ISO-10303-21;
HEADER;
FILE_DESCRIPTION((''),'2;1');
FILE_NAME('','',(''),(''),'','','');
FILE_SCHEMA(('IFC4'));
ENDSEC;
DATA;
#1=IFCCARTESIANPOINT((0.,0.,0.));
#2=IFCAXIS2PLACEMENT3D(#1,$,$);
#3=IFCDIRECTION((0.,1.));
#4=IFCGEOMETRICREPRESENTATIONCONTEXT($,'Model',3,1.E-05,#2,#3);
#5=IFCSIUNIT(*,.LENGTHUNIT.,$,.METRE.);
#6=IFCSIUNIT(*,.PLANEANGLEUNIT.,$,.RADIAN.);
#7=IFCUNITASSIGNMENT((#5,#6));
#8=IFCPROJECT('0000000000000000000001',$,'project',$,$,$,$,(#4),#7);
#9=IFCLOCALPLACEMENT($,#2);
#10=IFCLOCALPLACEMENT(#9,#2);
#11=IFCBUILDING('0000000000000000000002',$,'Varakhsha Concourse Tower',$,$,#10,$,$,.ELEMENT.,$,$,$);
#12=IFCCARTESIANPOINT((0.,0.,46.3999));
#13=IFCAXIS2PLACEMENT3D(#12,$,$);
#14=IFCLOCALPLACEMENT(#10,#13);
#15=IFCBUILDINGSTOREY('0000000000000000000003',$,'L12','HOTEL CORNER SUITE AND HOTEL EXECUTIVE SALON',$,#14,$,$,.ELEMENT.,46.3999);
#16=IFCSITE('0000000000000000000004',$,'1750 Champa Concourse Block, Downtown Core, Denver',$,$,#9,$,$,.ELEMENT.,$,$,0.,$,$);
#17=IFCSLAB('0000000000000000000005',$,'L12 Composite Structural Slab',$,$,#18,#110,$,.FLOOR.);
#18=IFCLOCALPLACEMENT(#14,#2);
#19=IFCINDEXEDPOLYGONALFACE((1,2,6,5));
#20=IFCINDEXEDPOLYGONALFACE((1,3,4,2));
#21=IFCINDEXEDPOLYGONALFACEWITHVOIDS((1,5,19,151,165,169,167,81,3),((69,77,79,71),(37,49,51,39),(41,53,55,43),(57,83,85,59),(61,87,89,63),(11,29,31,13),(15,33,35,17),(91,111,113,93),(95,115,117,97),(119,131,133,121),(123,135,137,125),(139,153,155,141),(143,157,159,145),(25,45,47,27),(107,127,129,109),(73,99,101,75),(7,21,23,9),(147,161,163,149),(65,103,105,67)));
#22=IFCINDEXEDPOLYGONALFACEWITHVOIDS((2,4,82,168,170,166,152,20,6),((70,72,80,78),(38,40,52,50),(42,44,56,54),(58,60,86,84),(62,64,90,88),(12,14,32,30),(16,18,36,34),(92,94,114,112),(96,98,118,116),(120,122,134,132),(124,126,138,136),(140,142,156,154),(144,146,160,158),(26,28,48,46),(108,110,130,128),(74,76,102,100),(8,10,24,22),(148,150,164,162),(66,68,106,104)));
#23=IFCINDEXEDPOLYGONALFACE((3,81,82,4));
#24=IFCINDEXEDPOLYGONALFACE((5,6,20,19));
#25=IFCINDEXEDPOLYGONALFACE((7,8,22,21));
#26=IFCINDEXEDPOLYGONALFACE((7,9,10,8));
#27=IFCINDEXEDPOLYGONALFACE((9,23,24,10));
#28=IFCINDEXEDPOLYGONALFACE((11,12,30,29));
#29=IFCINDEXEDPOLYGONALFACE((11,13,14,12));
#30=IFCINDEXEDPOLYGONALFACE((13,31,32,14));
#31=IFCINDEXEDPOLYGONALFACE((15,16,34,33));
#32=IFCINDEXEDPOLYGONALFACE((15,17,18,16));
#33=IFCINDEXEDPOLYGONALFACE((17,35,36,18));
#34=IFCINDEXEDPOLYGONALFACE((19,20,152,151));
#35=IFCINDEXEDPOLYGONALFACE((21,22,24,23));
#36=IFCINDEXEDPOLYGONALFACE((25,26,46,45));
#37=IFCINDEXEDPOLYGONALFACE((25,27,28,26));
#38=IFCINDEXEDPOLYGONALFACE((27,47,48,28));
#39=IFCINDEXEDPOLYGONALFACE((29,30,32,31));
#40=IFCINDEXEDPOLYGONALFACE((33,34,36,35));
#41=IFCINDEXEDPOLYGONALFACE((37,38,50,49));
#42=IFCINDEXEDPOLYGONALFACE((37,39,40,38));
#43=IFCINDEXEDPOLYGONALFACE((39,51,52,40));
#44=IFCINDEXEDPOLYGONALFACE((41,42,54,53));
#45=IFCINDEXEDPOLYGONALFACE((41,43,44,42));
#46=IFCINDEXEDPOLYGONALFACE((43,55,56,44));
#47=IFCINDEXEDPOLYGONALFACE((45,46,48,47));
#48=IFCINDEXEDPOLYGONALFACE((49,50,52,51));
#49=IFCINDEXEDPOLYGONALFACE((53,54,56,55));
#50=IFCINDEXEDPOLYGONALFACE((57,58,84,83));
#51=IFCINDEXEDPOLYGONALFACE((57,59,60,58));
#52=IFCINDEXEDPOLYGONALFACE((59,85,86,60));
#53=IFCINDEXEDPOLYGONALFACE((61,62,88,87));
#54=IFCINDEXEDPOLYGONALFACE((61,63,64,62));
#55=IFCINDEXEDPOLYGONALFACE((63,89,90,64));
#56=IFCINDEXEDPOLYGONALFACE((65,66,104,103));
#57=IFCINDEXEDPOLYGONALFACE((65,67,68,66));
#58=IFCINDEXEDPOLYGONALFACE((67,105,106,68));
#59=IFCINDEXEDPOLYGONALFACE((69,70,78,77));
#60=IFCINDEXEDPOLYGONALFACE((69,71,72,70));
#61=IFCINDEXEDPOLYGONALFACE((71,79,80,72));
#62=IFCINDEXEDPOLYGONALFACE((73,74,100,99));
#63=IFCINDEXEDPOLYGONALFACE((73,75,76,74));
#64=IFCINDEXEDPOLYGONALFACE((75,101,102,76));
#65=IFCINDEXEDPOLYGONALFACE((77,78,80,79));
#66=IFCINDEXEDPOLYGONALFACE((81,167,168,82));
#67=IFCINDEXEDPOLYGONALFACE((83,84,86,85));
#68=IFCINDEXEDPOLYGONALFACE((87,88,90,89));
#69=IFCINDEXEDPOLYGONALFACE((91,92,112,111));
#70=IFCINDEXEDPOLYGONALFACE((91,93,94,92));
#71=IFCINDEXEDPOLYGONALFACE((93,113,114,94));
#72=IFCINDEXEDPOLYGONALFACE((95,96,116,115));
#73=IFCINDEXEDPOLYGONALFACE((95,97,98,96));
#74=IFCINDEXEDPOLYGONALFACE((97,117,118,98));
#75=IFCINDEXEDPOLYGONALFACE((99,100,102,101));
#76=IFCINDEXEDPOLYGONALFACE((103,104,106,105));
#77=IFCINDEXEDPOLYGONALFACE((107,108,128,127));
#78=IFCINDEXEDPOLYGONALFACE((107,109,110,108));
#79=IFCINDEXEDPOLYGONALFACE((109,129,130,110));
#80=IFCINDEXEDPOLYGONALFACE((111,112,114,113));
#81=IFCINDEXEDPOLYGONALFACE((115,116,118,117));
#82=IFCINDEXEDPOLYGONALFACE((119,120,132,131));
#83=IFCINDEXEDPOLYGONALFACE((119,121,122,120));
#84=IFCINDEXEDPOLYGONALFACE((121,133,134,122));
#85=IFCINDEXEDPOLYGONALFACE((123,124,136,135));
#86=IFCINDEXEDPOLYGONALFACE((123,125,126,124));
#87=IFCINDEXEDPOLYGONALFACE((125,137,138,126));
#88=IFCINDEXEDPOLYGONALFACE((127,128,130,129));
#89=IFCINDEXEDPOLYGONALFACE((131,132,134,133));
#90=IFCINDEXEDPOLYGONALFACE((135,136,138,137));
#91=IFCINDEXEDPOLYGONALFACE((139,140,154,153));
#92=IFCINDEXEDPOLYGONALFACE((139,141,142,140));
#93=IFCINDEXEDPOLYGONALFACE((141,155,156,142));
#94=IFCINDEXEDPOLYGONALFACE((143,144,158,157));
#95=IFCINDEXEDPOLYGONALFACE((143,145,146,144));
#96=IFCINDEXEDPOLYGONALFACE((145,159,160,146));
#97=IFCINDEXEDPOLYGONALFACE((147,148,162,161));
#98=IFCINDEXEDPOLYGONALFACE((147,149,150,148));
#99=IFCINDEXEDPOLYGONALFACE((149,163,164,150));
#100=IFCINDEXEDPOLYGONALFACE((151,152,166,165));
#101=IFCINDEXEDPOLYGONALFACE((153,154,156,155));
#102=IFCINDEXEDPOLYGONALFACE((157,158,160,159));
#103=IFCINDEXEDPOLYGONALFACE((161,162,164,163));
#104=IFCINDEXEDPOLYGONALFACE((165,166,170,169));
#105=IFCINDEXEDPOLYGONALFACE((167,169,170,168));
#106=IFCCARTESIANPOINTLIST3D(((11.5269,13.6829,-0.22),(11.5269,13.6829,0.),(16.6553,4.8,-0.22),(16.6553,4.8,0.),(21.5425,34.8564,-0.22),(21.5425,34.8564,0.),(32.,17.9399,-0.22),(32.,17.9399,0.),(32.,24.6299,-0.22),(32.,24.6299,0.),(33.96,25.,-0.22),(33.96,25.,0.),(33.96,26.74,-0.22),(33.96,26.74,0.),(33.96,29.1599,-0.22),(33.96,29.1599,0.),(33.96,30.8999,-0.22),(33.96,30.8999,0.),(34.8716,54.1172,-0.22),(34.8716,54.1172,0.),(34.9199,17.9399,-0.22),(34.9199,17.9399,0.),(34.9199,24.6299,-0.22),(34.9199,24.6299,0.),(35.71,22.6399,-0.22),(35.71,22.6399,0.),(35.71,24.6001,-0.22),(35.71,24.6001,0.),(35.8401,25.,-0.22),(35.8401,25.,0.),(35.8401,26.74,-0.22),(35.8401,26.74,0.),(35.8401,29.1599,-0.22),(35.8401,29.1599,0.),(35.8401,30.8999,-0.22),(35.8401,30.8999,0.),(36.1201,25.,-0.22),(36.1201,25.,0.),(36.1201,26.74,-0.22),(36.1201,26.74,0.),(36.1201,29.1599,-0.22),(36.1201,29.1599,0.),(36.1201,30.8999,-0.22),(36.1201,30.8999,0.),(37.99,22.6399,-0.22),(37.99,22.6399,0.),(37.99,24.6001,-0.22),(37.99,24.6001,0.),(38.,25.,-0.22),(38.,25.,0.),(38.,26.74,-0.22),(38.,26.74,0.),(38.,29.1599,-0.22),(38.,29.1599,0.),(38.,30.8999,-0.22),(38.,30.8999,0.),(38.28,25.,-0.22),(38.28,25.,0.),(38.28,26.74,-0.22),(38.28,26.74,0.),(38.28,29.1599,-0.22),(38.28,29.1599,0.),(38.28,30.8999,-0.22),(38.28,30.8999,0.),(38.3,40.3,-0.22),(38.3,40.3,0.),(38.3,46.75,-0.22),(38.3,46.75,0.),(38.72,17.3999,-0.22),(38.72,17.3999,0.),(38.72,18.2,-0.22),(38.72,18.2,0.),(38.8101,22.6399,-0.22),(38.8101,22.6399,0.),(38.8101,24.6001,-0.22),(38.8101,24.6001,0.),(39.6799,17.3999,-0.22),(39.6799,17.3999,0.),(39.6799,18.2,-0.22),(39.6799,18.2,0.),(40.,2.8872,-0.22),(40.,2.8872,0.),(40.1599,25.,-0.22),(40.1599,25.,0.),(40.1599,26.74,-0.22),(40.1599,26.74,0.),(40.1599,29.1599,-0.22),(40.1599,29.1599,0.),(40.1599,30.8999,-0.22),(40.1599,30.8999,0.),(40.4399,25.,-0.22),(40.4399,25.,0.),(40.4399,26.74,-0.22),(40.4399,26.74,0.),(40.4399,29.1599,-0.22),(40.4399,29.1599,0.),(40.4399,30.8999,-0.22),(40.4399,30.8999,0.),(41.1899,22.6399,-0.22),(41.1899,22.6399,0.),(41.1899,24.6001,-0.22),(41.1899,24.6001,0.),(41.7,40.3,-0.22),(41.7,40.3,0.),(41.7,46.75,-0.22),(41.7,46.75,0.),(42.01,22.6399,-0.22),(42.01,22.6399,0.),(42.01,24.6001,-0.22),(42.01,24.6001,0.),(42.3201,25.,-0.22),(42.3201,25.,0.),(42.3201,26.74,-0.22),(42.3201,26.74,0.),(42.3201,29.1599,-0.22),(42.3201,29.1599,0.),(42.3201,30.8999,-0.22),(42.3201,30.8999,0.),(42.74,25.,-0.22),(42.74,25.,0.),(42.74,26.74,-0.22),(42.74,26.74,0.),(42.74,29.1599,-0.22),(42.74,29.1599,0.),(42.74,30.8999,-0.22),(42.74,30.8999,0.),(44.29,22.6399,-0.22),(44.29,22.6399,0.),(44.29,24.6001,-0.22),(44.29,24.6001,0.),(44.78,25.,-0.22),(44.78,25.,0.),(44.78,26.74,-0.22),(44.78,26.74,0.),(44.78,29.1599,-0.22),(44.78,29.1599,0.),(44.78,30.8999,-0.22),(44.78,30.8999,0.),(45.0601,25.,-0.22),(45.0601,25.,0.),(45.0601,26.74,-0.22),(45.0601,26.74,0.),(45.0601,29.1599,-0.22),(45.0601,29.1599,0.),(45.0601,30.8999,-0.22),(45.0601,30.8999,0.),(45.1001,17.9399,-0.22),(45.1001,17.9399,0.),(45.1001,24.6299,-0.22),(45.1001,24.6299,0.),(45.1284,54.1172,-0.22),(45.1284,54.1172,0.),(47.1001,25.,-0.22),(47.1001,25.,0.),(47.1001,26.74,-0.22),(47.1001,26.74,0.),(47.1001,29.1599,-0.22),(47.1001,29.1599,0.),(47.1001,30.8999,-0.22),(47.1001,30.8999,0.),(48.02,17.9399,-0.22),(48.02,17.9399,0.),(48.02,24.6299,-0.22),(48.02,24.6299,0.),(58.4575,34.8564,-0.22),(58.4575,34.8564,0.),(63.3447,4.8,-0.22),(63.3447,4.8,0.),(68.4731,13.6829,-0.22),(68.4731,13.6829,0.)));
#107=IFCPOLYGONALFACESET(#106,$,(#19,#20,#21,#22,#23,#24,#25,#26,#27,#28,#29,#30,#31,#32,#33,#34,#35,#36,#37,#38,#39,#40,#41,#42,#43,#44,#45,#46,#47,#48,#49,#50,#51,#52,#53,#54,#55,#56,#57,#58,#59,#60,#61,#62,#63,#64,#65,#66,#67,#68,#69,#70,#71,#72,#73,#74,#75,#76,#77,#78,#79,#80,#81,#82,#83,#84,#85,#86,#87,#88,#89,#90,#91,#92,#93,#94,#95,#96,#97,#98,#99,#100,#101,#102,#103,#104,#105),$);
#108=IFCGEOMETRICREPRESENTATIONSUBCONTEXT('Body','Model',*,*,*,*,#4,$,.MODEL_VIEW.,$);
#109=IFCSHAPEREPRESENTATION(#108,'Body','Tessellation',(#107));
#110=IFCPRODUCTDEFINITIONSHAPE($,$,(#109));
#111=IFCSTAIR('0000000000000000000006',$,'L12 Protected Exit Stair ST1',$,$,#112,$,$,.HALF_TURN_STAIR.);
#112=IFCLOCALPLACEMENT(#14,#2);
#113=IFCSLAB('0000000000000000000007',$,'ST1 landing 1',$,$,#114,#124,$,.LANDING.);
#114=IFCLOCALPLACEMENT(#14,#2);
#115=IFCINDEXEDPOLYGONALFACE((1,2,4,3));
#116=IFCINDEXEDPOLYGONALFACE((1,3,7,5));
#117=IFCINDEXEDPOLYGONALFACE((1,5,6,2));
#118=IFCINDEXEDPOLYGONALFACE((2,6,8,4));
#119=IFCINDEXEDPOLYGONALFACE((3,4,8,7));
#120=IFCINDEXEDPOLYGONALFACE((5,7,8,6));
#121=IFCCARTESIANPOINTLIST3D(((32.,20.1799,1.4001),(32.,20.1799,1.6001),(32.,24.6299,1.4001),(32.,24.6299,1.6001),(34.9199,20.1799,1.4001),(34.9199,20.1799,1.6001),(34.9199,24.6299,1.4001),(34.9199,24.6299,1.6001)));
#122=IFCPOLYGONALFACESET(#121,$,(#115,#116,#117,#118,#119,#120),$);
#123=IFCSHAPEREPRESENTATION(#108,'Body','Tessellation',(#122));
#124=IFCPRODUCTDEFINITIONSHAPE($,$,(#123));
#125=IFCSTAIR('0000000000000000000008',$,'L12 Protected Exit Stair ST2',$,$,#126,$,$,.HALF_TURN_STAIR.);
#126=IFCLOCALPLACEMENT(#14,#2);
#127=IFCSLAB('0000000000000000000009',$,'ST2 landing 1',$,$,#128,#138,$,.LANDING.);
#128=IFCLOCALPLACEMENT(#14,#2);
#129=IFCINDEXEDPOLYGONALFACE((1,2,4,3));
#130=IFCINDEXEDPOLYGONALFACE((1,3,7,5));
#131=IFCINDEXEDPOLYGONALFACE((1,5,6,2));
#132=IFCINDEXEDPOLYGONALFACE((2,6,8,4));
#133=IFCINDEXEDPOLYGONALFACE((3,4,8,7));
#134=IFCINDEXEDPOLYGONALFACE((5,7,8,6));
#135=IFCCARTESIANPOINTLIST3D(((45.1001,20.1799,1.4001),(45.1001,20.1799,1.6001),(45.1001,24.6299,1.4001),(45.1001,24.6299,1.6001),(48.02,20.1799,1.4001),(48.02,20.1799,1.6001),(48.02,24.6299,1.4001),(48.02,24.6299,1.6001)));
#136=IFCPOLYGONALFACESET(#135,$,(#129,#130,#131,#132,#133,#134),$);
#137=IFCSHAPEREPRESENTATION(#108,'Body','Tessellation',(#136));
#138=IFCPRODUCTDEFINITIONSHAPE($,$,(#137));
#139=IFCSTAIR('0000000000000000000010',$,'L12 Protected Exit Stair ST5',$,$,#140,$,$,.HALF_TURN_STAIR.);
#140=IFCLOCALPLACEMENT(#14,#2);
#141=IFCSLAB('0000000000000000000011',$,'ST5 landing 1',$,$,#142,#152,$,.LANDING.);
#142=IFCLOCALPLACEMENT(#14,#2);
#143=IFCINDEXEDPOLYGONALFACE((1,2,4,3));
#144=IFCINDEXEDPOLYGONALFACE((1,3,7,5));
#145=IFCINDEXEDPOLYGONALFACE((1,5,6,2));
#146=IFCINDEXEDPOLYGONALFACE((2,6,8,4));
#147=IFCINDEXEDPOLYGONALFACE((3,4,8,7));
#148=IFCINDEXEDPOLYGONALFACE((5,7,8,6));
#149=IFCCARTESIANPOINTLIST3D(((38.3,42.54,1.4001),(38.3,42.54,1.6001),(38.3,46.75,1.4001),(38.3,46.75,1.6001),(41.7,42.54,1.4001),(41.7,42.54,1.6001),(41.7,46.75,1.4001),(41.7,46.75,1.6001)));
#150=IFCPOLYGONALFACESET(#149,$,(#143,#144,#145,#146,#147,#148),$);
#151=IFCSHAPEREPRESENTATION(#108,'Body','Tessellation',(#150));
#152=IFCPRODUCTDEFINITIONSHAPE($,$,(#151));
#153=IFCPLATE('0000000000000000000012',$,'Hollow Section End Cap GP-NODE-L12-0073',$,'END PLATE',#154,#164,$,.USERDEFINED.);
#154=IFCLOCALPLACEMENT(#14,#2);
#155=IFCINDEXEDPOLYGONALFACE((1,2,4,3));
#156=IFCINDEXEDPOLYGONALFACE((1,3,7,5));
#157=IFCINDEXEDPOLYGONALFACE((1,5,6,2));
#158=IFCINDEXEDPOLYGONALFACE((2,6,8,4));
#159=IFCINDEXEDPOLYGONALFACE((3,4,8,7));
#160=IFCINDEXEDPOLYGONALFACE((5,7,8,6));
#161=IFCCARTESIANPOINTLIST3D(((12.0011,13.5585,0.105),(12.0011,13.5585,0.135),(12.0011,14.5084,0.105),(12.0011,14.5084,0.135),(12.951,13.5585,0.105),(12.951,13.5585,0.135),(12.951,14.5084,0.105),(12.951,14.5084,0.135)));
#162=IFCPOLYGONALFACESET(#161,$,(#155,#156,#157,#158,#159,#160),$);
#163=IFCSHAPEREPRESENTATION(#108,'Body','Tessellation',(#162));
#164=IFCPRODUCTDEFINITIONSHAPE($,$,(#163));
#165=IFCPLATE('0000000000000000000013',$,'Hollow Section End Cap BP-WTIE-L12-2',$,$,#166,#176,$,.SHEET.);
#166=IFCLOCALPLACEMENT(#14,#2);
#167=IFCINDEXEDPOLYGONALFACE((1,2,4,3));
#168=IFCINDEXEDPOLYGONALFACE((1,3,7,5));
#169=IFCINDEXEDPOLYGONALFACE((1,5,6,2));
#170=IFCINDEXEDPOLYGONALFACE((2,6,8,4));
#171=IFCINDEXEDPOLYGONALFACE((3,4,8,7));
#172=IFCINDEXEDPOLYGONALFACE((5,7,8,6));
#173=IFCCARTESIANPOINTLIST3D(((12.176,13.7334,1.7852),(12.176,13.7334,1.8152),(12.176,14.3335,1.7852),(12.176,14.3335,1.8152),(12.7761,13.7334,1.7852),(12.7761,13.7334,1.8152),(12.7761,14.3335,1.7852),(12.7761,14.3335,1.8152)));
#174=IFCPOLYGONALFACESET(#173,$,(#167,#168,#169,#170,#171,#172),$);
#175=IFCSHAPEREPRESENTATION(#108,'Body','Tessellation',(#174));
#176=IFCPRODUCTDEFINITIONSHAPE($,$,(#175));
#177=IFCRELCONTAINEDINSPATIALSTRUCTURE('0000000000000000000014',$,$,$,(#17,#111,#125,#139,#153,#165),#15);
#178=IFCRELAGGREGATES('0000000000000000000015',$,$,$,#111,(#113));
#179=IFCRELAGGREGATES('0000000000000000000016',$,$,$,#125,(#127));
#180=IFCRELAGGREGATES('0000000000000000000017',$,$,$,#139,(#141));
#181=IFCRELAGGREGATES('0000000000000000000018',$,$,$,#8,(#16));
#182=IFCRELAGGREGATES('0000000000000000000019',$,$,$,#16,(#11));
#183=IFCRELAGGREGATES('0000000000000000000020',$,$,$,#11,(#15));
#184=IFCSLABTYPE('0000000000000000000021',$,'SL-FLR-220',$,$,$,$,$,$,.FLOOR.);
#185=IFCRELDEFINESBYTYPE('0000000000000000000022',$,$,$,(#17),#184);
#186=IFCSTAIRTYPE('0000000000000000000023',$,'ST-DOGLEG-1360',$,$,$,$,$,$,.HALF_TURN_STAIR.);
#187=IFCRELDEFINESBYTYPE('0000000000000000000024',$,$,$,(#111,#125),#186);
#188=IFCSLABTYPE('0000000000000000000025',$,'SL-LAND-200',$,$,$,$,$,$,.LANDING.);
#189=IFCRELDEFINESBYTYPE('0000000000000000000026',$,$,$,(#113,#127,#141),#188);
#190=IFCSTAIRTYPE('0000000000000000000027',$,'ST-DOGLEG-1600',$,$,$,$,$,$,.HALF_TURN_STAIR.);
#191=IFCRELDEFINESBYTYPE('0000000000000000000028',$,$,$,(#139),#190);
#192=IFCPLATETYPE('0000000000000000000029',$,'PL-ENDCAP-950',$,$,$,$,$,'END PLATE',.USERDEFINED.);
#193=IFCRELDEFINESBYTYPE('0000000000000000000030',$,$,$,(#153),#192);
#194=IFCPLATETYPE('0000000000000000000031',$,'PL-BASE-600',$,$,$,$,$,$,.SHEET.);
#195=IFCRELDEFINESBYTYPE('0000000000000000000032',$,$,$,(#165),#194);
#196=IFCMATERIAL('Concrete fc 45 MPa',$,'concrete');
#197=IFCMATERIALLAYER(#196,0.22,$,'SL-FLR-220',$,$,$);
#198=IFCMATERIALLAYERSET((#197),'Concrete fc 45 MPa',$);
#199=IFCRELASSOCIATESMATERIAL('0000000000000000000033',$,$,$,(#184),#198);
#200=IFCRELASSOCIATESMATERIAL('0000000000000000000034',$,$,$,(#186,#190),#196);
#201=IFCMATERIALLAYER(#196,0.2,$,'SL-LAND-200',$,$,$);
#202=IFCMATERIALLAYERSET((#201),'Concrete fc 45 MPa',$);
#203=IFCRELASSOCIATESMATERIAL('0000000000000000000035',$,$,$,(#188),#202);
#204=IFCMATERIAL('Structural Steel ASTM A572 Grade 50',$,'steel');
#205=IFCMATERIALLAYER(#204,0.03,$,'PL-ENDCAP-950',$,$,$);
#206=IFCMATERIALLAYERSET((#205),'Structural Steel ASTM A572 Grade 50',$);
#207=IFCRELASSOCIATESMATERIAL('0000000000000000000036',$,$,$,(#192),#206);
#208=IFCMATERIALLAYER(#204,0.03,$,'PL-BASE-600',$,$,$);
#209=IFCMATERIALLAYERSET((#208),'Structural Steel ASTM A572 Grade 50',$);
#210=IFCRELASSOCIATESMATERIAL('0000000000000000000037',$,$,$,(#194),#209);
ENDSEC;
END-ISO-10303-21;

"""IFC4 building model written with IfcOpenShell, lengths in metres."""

from ifc_helpers import new_model, si_unit, direction, frame, origin, origin_2d, place, context, subcontext, project, spatial, polyline, rectangle, outline, extrude, source, transform, mapped, material, layer, layer_set, type_object, type_shapes, element, aggregate, save


model = new_model("IFC4")

# Units and contexts
model_context = context("Model", 3, precision=1e-05, world=origin(), true_north=direction((0.0, 1.0)))
body_context = subcontext(model_context, "Body", "Model", "MODEL_VIEW")
ifc_project = project(units=[si_unit("LENGTHUNIT", "METRE"), si_unit("PLANEANGLEUNIT", "RADIAN")], contexts=[model_context])

# Site, building, storey
site_placement = place(None, origin())
site = spatial("IfcSite", under=ifc_project, at=site_placement, Name="1750 Champa Concourse Block, Downtown Core, Denver", CompositionType="ELEMENT", RefElevation=0.0)
building_placement = place(site_placement, origin())
building = spatial("IfcBuilding", under=site, at=building_placement, Name="Varakhsha Concourse Tower", CompositionType="ELEMENT")
storey_placement = place(building_placement, frame((0.0, 0.0, 46.3999)))
storey = spatial("IfcBuildingStorey", under=building, at=storey_placement, Name="L12", Description="HOTEL CORNER SUITE AND HOTEL EXECUTIVE SALON", CompositionType="ELEMENT", Elevation=46.3999)

# Shared definitions
ifc_material_1 = material(Name="Structural Steel ASTM A572 Grade 50", Category="steel")

# Slab
ifc_material_2 = material(Name="Concrete fc 45 MPa", Category="concrete")
ifc_layer_1 = layer(ifc_material_2, 0.22, Name="SL-FLR-220")
ifc_layer_set_1 = layer_set([ifc_layer_1], Name="Concrete fc 45 MPa")
slab_type_1 = type_object("IfcSlabType", Name="SL-FLR-220", PredefinedType="FLOOR", material=ifc_layer_set_1)
slab_1_placement = place(storey_placement, frame((0.0, 0.0, -0.22)))
element("IfcSlab", 1, at=slab_1_placement, inside=storey, type_object=slab_type_1, Name="L12 Composite Structural Slab", PredefinedType="FLOOR", context=body_context, shape_type="SweptSolid", body=[
    extrude(outline(polyline([(45.1284, 54.1172), (34.8716, 54.1172), (21.5425, 34.8564), (11.5269, 13.6829), (16.6553, 4.8), (40.0, 2.8872), (63.3447, 4.8), (68.4731, 13.6829), (58.4575, 34.8564), (45.1284, 54.1172)]), holes=[polyline([(34.9199, 17.9399), (34.9199, 24.6299), (32.0, 24.6299), (32.0, 17.9399), (34.9199, 17.9399)]), polyline([(48.02, 17.9399), (48.02, 24.6299), (45.1001, 24.6299), (45.1001, 17.9399), (48.02, 17.9399)]), polyline([(41.7, 40.3), (41.7, 46.75), (38.3, 46.75), (38.3, 40.3), (41.7, 40.3)]), polyline([(33.96, 29.1599), (35.8401, 29.1599), (35.8401, 30.8999), (33.96, 30.8999), (33.96, 29.1599)]), polyline([(36.1201, 29.1599), (38.0, 29.1599), (38.0, 30.8999), (36.1201, 30.8999), (36.1201, 29.1599)]), polyline([(38.28, 29.1599), (40.1599, 29.1599), (40.1599, 30.8999), (38.28, 30.8999), (38.28, 29.1599)]), polyline([(40.4399, 29.1599), (42.3201, 29.1599), (42.3201, 30.8999), (40.4399, 30.8999), (40.4399, 29.1599)]), polyline([(33.96, 25.0), (35.8401, 25.0), (35.8401, 26.74), (33.96, 26.74), (33.96, 25.0)]), polyline([(36.1201, 25.0), (38.0, 25.0), (38.0, 26.74), (36.1201, 26.74), (36.1201, 25.0)]), polyline([(38.28, 25.0), (40.1599, 25.0), (40.1599, 26.74), (38.28, 26.74), (38.28, 25.0)]), polyline([(40.4399, 25.0), (42.3201, 25.0), (42.3201, 26.74), (40.4399, 26.74), (40.4399, 25.0)]), polyline([(42.74, 29.1599), (44.78, 29.1599), (44.78, 30.8999), (42.74, 30.8999), (42.74, 29.1599)]), polyline([(45.0601, 29.1599), (47.1001, 29.1599), (47.1001, 30.8999), (45.0601, 30.8999), (45.0601, 29.1599)]), polyline([(42.74, 25.0), (44.78, 25.0), (44.78, 26.74), (42.74, 26.74), (42.74, 25.0)]), polyline([(45.0601, 25.0), (47.1001, 25.0), (47.1001, 26.74), (45.0601, 26.74), (45.0601, 25.0)]), polyline([(35.71, 22.6399), (37.99, 22.6399), (37.99, 24.6001), (35.71, 24.6001), (35.71, 22.6399)]), polyline([(42.01, 22.6399), (44.29, 22.6399), (44.29, 24.6001), (42.01, 24.6001), (42.01, 22.6399)]), polyline([(38.8101, 22.6399), (41.1899, 22.6399), (41.1899, 24.6001), (38.8101, 24.6001), (38.8101, 22.6399)]), polyline([(38.72, 17.3999), (39.6799, 17.3999), (39.6799, 18.2), (38.72, 18.2), (38.72, 17.3999)])]), origin(), (0.0, 0.0, 1.0), 0.22),
])

# Stairs, slabs
stair_type_1 = type_object("IfcStairType", Name="ST-DOGLEG-1360", PredefinedType="HALF_TURN_STAIR", material=ifc_material_2)
stair_1_placement = place(storey_placement, origin())
stair_1 = element("IfcStair", 2, at=stair_1_placement, inside=storey, type_object=stair_type_1, Name="L12 Protected Exit Stair ST1", PredefinedType="HALF_TURN_STAIR")
ifc_layer_2 = layer(ifc_material_2, 0.2, Name="SL-LAND-200")
ifc_layer_set_2 = layer_set([ifc_layer_2], Name="Concrete fc 45 MPa")
slab_type_2 = type_object("IfcSlabType", Name="SL-LAND-200", PredefinedType="LANDING", material=ifc_layer_set_2)
slab_2_placement = place(storey_placement, frame((0.0, 0.0, 1.4001)))
slab_2 = element("IfcSlab", 3, at=slab_2_placement, type_object=slab_type_2, Name="ST1 landing 1", PredefinedType="LANDING", context=body_context, shape_type="SweptSolid", body=[
    extrude(outline(polyline([(34.9199, 20.1799), (34.9199, 24.6299), (32.0, 24.6299), (32.0, 20.1799), (34.9199, 20.1799)])), origin(), (0.0, 0.0, 1.0), 0.2),
])
aggregate(stair_1, [slab_2])
stair_2_placement = place(storey_placement, origin())
stair_2 = element("IfcStair", 4, at=stair_2_placement, inside=storey, type_object=stair_type_1, Name="L12 Protected Exit Stair ST2", PredefinedType="HALF_TURN_STAIR")
slab_3_placement = place(storey_placement, frame((0.0, 0.0, 1.4001)))
slab_3 = element("IfcSlab", 5, at=slab_3_placement, type_object=slab_type_2, Name="ST2 landing 1", PredefinedType="LANDING", context=body_context, shape_type="SweptSolid", body=[
    extrude(outline(polyline([(48.02, 20.1799), (48.02, 24.6299), (45.1001, 24.6299), (45.1001, 20.1799), (48.02, 20.1799)])), origin(), (0.0, 0.0, 1.0), 0.2),
])
aggregate(stair_2, [slab_3])
stair_type_2 = type_object("IfcStairType", Name="ST-DOGLEG-1600", PredefinedType="HALF_TURN_STAIR", material=ifc_material_2)
stair_3_placement = place(storey_placement, origin())
stair_3 = element("IfcStair", 6, at=stair_3_placement, inside=storey, type_object=stair_type_2, Name="L12 Protected Exit Stair ST5", PredefinedType="HALF_TURN_STAIR")
slab_4_placement = place(storey_placement, frame((0.0, 0.0, 1.4001)))
slab_4 = element("IfcSlab", 7, at=slab_4_placement, type_object=slab_type_2, Name="ST5 landing 1", PredefinedType="LANDING", context=body_context, shape_type="SweptSolid", body=[
    extrude(outline(polyline([(41.7, 42.54), (41.7, 46.75), (38.3, 46.75), (38.3, 42.54), (41.7, 42.54)])), origin(), (0.0, 0.0, 1.0), 0.2),
])
aggregate(stair_3, [slab_4])

# Plates
ifc_layer_3 = layer(ifc_material_1, 0.03, Name="PL-ENDCAP-950")
ifc_layer_set_3 = layer_set([ifc_layer_3], Name="Structural Steel ASTM A572 Grade 50")
plate_type_1 = type_object("IfcPlateType", Name="PL-ENDCAP-950", ElementType="END PLATE", PredefinedType="USERDEFINED", material=ifc_layer_set_3)
shared_shape_1 = source(origin(), body_context, "Body", "SweptSolid", [
    extrude(rectangle(XDim=0.95, YDim=0.95, at=origin_2d()), origin(), (0.0, 0.0, 1.0), 0.03),
])
type_shapes(plate_type_1, [shared_shape_1])
plate_1_placement = place(storey_placement, frame((12.4761, 14.0334, 0.105), z_axis=(0.0, 0.0, 1.0), x_axis=(1.0, 0.0, 0.0)))
element("IfcPlate", 8, at=plate_1_placement, inside=storey, type_object=plate_type_1, Name="Hollow Section End Cap GP-NODE-L12-0073", ObjectType="END PLATE", PredefinedType="USERDEFINED", context=body_context, shape_type="MappedRepresentation", body=[
    mapped(shared_shape_1, transform((0.0, 0.0, 0.0), scale=1.0)),
])
ifc_layer_4 = layer(ifc_material_1, 0.03, Name="PL-BASE-600")
ifc_layer_set_4 = layer_set([ifc_layer_4], Name="Structural Steel ASTM A572 Grade 50")
plate_type_2 = type_object("IfcPlateType", Name="PL-BASE-600", PredefinedType="SHEET", material=ifc_layer_set_4)
shared_shape_2 = source(origin(), body_context, "Body", "SweptSolid", [
    extrude(rectangle(XDim=0.6001, YDim=0.6001, at=origin_2d()), origin(), (0.0, 0.0, 1.0), 0.03),
])
type_shapes(plate_type_2, [shared_shape_2])
plate_2_placement = place(storey_placement, frame((12.4761, 14.0334, 1.7852), z_axis=(0.0, 0.0, 1.0), x_axis=(1.0, 0.0, 0.0)))
element("IfcPlate", 9, at=plate_2_placement, inside=storey, type_object=plate_type_2, Name="Hollow Section End Cap BP-WTIE-L12-2", PredefinedType="SHEET", context=body_context, shape_type="MappedRepresentation", body=[
    mapped(shared_shape_2, transform((0.0, 0.0, 0.0), scale=1.0)),
])

save(model, "model.ifc")
